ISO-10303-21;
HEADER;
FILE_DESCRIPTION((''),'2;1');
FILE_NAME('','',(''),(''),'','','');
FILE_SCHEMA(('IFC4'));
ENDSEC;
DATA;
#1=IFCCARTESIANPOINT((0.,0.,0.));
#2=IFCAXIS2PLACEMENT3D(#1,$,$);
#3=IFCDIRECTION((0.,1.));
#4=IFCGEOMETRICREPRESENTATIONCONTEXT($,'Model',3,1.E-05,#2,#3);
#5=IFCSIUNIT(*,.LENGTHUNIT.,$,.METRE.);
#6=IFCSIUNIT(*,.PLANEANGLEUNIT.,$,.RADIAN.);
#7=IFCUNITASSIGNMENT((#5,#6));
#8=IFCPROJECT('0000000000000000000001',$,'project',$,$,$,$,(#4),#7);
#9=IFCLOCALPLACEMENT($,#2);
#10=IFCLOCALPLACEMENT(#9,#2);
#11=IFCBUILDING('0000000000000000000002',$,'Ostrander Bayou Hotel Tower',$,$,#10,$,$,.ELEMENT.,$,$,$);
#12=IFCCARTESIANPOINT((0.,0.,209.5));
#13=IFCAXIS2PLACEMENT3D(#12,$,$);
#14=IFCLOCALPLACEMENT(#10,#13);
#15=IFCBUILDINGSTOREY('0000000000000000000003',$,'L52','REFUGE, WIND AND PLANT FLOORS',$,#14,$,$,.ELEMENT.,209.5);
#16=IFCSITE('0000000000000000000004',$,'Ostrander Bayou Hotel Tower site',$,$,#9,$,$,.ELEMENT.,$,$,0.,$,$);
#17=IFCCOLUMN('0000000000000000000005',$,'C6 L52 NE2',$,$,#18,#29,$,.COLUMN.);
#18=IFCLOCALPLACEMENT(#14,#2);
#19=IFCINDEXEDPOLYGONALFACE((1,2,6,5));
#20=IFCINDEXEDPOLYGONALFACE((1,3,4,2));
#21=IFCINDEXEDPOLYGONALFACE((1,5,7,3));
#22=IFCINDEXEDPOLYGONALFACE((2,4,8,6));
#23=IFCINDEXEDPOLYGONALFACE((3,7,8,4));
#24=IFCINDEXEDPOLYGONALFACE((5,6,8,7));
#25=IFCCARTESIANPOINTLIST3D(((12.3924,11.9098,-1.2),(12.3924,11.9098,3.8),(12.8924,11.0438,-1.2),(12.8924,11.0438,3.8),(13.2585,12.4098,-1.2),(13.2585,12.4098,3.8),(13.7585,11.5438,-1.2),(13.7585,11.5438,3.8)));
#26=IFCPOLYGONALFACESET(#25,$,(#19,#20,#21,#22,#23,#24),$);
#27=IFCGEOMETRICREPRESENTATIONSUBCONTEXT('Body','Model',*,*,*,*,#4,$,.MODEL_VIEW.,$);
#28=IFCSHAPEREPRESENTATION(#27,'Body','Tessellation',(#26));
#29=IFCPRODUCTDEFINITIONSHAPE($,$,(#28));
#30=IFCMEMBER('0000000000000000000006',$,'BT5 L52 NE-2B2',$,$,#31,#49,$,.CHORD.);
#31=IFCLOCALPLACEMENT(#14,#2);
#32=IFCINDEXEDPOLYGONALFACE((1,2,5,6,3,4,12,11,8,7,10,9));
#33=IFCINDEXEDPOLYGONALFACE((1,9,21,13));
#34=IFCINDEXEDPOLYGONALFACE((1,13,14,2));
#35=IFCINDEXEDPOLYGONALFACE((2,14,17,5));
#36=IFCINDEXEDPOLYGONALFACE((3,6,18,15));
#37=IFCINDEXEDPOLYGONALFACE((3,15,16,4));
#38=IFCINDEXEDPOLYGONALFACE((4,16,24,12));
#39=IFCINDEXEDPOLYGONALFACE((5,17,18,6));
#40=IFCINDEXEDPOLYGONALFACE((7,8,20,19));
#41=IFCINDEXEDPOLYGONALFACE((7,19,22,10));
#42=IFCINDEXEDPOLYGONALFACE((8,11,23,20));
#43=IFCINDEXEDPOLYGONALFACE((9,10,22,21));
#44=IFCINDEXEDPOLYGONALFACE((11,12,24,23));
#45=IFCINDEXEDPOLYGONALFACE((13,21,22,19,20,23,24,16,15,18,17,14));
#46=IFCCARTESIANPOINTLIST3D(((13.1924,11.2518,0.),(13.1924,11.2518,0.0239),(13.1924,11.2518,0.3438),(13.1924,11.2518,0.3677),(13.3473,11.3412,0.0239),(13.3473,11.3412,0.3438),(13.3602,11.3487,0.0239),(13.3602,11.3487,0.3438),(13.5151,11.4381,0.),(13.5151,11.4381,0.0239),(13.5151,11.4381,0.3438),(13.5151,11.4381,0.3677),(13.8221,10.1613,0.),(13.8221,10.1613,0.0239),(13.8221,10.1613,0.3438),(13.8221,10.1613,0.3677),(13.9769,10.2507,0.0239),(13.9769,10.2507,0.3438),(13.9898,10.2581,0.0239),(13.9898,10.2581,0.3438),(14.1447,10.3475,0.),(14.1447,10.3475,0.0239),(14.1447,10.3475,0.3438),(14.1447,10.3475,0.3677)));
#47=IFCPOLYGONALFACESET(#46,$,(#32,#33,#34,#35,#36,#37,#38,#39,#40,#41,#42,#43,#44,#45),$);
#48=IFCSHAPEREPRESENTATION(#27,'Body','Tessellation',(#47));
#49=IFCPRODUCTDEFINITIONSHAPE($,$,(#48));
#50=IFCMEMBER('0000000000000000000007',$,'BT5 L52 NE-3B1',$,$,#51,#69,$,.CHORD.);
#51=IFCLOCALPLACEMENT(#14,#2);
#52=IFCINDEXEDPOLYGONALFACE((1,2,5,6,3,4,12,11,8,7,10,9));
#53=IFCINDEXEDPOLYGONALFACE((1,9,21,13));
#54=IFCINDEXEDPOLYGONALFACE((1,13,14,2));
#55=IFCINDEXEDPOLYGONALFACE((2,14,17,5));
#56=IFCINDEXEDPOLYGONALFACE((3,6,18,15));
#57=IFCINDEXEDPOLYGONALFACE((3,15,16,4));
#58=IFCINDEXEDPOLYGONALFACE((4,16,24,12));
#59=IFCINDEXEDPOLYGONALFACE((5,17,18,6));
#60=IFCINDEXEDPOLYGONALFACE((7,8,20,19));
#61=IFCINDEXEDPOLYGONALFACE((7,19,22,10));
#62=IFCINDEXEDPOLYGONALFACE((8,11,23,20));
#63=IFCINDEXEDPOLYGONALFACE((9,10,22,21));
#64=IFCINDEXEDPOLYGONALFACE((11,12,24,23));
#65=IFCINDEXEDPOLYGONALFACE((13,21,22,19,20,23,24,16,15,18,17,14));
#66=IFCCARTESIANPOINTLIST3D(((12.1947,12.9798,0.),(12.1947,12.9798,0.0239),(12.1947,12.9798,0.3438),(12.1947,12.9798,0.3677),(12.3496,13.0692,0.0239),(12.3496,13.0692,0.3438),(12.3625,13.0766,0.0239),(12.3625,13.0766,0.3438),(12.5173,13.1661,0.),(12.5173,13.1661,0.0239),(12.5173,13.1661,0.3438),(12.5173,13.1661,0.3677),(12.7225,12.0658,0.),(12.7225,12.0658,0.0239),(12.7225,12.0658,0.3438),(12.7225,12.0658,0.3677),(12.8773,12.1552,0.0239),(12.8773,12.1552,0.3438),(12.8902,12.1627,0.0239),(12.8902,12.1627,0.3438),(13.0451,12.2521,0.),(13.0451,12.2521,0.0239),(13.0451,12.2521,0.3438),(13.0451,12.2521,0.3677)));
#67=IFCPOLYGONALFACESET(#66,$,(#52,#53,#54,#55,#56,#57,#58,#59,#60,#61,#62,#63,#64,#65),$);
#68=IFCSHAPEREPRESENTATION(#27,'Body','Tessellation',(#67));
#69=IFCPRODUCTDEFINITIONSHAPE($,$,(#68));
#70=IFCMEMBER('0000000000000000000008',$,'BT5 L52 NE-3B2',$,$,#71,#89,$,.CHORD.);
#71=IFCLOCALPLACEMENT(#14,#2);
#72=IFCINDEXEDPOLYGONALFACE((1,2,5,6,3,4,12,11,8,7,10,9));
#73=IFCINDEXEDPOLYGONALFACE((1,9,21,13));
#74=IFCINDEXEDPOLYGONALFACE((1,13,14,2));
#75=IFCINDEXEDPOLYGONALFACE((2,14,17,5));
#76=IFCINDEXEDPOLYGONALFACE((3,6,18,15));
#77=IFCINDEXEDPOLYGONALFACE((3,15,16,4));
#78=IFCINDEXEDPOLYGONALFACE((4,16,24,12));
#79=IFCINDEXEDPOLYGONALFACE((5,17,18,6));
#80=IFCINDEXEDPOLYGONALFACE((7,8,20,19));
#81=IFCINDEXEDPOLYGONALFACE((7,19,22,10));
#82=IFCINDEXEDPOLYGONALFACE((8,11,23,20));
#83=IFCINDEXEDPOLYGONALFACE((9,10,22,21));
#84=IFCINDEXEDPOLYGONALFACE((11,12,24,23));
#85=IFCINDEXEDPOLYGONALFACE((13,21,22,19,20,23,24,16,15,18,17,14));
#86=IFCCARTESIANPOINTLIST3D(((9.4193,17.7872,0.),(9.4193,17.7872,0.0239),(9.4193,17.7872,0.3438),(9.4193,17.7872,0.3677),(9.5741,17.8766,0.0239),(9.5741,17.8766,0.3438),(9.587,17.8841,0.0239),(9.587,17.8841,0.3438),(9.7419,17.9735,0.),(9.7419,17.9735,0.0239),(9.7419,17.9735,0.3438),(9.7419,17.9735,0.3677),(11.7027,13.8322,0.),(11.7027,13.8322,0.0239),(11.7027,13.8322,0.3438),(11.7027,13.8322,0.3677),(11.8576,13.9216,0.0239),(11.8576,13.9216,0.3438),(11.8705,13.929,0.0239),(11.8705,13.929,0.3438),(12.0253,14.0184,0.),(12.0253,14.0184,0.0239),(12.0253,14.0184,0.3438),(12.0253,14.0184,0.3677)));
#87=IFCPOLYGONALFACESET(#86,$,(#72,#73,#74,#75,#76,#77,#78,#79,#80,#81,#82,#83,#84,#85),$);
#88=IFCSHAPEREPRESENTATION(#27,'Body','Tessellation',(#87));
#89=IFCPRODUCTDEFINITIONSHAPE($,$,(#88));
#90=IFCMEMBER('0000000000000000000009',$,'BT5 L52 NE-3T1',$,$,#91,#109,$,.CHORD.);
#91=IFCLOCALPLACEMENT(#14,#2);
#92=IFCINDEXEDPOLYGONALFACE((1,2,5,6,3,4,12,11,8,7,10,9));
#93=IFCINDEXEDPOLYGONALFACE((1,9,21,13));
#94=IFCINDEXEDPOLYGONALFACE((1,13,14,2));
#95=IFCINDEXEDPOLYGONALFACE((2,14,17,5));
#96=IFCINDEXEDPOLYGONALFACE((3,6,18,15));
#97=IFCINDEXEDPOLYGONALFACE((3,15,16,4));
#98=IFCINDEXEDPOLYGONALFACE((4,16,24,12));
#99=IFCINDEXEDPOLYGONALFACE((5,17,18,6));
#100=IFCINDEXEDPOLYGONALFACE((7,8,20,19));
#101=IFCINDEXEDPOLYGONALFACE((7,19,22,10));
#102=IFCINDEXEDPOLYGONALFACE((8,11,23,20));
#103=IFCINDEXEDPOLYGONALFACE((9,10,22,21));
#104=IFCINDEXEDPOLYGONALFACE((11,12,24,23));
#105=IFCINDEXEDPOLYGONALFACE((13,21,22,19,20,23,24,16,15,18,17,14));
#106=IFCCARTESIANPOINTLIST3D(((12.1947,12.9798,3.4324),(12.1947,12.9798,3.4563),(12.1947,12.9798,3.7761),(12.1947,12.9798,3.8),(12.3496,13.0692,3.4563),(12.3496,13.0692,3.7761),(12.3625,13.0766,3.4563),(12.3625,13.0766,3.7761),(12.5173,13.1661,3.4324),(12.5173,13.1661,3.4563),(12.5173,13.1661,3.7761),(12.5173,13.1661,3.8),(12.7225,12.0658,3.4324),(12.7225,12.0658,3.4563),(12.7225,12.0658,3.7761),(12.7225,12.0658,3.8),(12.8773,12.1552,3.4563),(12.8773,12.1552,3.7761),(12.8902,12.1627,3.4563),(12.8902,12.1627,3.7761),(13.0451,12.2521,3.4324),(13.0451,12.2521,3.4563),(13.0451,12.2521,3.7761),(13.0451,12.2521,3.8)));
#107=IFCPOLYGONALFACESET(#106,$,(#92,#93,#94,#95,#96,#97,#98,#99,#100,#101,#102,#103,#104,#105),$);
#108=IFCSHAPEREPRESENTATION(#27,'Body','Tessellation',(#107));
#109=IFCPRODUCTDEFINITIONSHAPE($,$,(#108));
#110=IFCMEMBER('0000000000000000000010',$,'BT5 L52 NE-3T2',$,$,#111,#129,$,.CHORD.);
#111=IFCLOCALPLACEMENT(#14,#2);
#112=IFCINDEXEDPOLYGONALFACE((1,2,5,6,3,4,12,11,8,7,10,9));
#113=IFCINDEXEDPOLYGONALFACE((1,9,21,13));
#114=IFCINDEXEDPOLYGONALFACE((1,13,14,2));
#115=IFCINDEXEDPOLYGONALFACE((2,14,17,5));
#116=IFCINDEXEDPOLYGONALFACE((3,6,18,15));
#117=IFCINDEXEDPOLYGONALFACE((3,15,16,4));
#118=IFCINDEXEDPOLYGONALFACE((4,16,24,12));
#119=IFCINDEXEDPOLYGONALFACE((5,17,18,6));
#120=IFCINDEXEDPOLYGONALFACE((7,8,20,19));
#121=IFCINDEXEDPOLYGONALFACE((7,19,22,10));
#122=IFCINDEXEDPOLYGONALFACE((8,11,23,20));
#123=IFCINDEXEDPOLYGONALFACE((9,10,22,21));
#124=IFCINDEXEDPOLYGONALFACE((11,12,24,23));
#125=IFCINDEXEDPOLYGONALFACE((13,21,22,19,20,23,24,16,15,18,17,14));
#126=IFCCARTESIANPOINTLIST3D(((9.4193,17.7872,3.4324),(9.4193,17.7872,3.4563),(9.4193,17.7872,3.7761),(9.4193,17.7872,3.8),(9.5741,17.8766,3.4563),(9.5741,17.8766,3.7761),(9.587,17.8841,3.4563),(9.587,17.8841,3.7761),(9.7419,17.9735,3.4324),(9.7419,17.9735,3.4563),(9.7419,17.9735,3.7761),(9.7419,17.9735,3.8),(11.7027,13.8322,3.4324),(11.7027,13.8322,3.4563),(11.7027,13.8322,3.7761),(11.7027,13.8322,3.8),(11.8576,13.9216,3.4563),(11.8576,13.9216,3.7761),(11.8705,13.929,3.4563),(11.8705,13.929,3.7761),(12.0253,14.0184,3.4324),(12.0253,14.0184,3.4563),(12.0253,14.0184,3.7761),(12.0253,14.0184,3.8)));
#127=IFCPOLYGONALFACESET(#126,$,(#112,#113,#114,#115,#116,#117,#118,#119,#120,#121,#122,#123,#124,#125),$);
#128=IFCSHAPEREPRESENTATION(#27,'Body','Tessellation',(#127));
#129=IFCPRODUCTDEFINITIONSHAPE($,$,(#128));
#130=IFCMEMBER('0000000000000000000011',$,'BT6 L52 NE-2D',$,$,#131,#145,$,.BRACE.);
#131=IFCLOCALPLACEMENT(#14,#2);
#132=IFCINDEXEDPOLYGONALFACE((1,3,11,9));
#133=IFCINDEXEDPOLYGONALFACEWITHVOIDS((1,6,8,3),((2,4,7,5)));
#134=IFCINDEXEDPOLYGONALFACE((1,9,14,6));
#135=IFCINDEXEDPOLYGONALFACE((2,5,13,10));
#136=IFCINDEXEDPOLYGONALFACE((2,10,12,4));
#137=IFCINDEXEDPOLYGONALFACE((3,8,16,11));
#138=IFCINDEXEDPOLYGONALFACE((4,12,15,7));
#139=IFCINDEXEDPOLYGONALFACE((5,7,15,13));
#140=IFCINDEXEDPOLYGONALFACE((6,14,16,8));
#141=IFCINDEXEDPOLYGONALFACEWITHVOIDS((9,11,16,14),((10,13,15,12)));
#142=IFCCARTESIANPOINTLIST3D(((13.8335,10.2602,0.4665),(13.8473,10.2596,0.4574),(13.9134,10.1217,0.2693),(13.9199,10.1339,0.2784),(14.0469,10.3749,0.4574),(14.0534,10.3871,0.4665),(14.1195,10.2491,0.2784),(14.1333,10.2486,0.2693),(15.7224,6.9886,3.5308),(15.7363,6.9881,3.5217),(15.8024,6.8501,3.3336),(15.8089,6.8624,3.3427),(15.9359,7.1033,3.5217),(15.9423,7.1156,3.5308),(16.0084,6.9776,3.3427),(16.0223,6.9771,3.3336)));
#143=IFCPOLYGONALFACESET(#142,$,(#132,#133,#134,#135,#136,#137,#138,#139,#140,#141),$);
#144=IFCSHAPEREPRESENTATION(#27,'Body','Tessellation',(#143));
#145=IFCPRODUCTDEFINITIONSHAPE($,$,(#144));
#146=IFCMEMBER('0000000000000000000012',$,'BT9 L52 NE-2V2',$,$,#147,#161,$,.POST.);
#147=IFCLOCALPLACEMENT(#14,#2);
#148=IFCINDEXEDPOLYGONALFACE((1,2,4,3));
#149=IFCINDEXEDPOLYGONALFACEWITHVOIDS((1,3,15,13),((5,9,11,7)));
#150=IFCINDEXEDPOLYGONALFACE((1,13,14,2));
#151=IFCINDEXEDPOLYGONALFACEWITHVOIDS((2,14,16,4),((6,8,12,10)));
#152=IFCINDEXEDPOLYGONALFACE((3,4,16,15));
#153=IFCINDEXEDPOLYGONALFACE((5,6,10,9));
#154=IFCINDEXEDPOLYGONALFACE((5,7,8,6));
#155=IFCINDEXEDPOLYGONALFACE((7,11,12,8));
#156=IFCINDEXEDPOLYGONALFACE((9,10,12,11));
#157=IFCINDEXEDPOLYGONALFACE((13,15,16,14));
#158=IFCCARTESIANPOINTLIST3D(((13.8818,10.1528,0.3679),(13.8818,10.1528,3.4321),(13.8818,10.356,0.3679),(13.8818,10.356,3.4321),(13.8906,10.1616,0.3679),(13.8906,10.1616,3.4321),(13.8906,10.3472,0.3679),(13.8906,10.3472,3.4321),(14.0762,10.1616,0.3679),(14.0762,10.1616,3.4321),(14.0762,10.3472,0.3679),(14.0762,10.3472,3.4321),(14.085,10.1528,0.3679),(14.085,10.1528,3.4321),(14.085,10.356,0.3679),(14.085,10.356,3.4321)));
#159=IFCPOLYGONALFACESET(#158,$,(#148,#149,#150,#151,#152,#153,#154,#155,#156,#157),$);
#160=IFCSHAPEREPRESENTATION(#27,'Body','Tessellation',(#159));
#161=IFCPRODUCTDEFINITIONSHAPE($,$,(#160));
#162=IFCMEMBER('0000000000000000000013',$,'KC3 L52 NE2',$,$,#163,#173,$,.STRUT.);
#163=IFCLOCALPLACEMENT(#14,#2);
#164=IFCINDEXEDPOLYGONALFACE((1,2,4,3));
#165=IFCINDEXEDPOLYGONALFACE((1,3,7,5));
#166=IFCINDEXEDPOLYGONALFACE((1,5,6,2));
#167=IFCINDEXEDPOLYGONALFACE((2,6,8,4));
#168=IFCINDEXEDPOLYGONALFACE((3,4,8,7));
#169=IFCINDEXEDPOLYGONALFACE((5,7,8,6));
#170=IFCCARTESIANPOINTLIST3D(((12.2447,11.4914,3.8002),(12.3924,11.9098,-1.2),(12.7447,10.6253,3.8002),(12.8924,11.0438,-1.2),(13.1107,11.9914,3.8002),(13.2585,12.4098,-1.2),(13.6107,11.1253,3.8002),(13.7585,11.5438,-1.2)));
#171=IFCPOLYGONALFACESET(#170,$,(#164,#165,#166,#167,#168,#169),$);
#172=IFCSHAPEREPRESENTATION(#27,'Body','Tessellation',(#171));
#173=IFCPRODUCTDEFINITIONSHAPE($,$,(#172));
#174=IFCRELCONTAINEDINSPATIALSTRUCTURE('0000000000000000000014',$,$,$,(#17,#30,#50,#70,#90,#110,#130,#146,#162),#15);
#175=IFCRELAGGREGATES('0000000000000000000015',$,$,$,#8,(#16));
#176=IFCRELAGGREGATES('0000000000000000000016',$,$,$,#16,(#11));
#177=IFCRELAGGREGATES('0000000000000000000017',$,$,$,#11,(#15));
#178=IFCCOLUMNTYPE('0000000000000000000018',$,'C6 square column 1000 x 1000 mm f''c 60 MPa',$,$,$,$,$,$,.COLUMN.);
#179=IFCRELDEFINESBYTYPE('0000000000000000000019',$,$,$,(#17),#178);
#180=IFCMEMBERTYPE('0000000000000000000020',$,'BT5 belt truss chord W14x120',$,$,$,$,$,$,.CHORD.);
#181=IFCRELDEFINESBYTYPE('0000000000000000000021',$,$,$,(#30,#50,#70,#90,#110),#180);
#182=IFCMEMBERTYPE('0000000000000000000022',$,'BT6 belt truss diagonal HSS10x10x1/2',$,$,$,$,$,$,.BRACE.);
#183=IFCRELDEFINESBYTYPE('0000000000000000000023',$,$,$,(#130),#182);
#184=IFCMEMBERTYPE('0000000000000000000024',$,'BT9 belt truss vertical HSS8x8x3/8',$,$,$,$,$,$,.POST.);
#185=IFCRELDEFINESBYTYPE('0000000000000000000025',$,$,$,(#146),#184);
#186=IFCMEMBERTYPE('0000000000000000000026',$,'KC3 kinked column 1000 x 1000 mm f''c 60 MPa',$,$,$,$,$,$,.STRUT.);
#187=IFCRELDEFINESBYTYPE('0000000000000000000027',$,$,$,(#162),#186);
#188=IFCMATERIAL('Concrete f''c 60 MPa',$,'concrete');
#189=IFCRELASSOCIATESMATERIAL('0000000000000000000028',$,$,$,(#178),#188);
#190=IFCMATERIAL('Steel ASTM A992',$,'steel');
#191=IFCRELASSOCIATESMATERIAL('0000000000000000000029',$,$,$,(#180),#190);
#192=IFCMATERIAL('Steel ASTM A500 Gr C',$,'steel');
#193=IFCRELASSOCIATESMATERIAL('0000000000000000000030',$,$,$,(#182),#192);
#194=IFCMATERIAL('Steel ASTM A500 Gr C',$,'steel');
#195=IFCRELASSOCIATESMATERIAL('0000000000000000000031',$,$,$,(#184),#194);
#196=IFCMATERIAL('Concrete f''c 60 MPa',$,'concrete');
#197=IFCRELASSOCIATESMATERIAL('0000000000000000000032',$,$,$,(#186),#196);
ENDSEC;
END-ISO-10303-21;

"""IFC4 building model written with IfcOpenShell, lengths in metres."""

from ifc_helpers import new_model, si_unit, direction, frame, origin, origin_2d, place, context, subcontext, project, spatial, rectangle, hollow_rectangle, i_section, extrude, material, material_profile, profile_set, type_object, element, save


model = new_model("IFC4")

# Units and contexts
model_context = context("Model", 3, precision=1e-05, world=origin(), true_north=direction((0.0, 1.0)))
body_context = subcontext(model_context, "Body", "Model", "MODEL_VIEW")
ifc_project = project(units=[si_unit("LENGTHUNIT", "METRE"), si_unit("PLANEANGLEUNIT", "RADIAN")], contexts=[model_context])

# Site, building, storey
site_placement = place(None, origin())
site = spatial("IfcSite", under=ifc_project, at=site_placement, Name="Ostrander Bayou Hotel Tower site", CompositionType="ELEMENT", RefElevation=0.0)
building_placement = place(site_placement, origin())
building = spatial("IfcBuilding", under=site, at=building_placement, Name="Ostrander Bayou Hotel Tower", CompositionType="ELEMENT")
storey_placement = place(building_placement, frame((0.0, 0.0, 209.5)))
storey = spatial("IfcBuildingStorey", under=building, at=storey_placement, Name="L52", Description="REFUGE, WIND AND PLANT FLOORS", CompositionType="ELEMENT", Elevation=209.5)

# Column
ifc_material_1 = material(Name="Concrete f'c 60 MPa", Category="concrete")
ifc_material_profile_1 = material_profile(ifc_material_1, rectangle(XDim=1.0, YDim=1.0, at=origin_2d()))
ifc_profile_set_1 = profile_set([ifc_material_profile_1], Name="Concrete f'c 60 MPa")
column_type = type_object("IfcColumnType", Name="C6 square column 1000 x 1000 mm f'c 60 MPa", PredefinedType="COLUMN", material=ifc_profile_set_1)
column_placement = place(storey_placement, frame((13.0754, 11.7268, -1.2), z_axis=(0.0, 0.0, 1.0), x_axis=(0.5, -0.866025, 0.0)))
element("IfcColumn", 1, at=column_placement, inside=storey, type_object=column_type, Name="C6 L52 NE2", PredefinedType="COLUMN", context=body_context, shape_type="SweptSolid", body=[
    extrude(rectangle(XDim=1.0, YDim=1.0, at=origin_2d()), origin(), (0.0, 0.0, 1.0), 5.0),
])

# Members
ifc_material_2 = material(Name="Steel ASTM A992", Category="steel")
ifc_material_profile_2 = material_profile(ifc_material_2, i_section(OverallWidth=0.3726, OverallDepth=0.3677, WebThickness=0.0149, FlangeThickness=0.0239, at=origin_2d()))
ifc_profile_set_2 = profile_set([ifc_material_profile_2], Name="Steel ASTM A992")
member_type_1 = type_object("IfcMemberType", Name="BT5 belt truss chord W14x120", PredefinedType="CHORD", material=ifc_profile_set_2)
member_1_placement = place(storey_placement, frame((13.9834, 10.2544, 0.1838), z_axis=(-0.499997, 0.866027, 0.0), x_axis=(-0.866027, -0.499997, 0.0)))
element("IfcMember", 2, at=member_1_placement, inside=storey, type_object=member_type_1, Name="BT5 L52 NE-2B2", PredefinedType="CHORD", context=body_context, shape_type="SweptSolid", body=[
    extrude(i_section(OverallWidth=0.3726, OverallDepth=0.3677, WebThickness=0.0149, FlangeThickness=0.0239, at=origin_2d()), origin(), (0.0, 0.0, 1.0), 1.2593),
])
member_2_placement = place(storey_placement, frame((12.8838, 12.1589, 0.1838), z_axis=(-0.500069, 0.865985, 0.0), x_axis=(-0.865985, -0.500069, 0.0)))
element("IfcMember", 3, at=member_2_placement, inside=storey, type_object=member_type_1, Name="BT5 L52 NE-3B1", PredefinedType="CHORD", context=body_context, shape_type="SweptSolid", body=[
    extrude(i_section(OverallWidth=0.3726, OverallDepth=0.3677, WebThickness=0.0149, FlangeThickness=0.0239, at=origin_2d()), origin(), (0.0, 0.0, 1.0), 1.0554),
])
member_3_placement = place(storey_placement, frame((11.864, 13.9253, 0.1838), z_axis=(-0.499997, 0.866027, 0.0), x_axis=(-0.866027, -0.499997, 0.0)))
element("IfcMember", 4, at=member_3_placement, inside=storey, type_object=member_type_1, Name="BT5 L52 NE-3B2", PredefinedType="CHORD", context=body_context, shape_type="SweptSolid", body=[
    extrude(i_section(OverallWidth=0.3726, OverallDepth=0.3677, WebThickness=0.0149, FlangeThickness=0.0239, at=origin_2d()), origin(), (0.0, 0.0, 1.0), 4.5669),
])
member_4_placement = place(storey_placement, frame((12.8838, 12.1589, 3.6162), z_axis=(-0.500069, 0.865985, 0.0), x_axis=(-0.865985, -0.500069, 0.0)))
element("IfcMember", 5, at=member_4_placement, inside=storey, type_object=member_type_1, Name="BT5 L52 NE-3T1", PredefinedType="CHORD", context=body_context, shape_type="SweptSolid", body=[
    extrude(i_section(OverallWidth=0.3726, OverallDepth=0.3677, WebThickness=0.0149, FlangeThickness=0.0239, at=origin_2d()), origin(), (0.0, 0.0, 1.0), 1.0554),
])
member_5_placement = place(storey_placement, frame((11.864, 13.9253, 3.6162), z_axis=(-0.499997, 0.866027, 0.0), x_axis=(-0.866027, -0.499997, 0.0)))
element("IfcMember", 6, at=member_5_placement, inside=storey, type_object=member_type_1, Name="BT5 L52 NE-3T2", PredefinedType="CHORD", context=body_context, shape_type="SweptSolid", body=[
    extrude(i_section(OverallWidth=0.3726, OverallDepth=0.3677, WebThickness=0.0149, FlangeThickness=0.0239, at=origin_2d()), origin(), (0.0, 0.0, 1.0), 4.5669),
])
ifc_material_3 = material(Name="Steel ASTM A500 Gr C", Category="steel")
ifc_material_profile_3 = material_profile(ifc_material_3, hollow_rectangle(XDim=0.2539, YDim=0.2539, WallThickness=0.0117, at=origin_2d()))
ifc_profile_set_3 = profile_set([ifc_material_profile_3], Name="Steel ASTM A500 Gr C")
member_type_2 = type_object("IfcMemberType", Name="BT6 belt truss diagonal HSS10x10x1/2", PredefinedType="BRACE", material=ifc_profile_set_3)
member_6_placement = place(storey_placement, frame((13.9834, 10.2544, 0.3679), z_axis=(0.388334, -0.67257, 0.629957), x_axis=(0.866011, 0.500025, 0.0)))
element("IfcMember", 7, at=member_6_placement, inside=storey, type_object=member_type_2, Name="BT6 L52 NE-2D", PredefinedType="BRACE", context=body_context, shape_type="SweptSolid", body=[
    extrude(hollow_rectangle(XDim=0.2539, YDim=0.2539, WallThickness=0.0117, at=origin_2d()), origin(), (0.0, 0.0, 1.0), 4.8643),
])
ifc_material_4 = material(Name="Steel ASTM A500 Gr C", Category="steel")
ifc_material_profile_4 = material_profile(ifc_material_4, hollow_rectangle(XDim=0.2031, YDim=0.2031, WallThickness=0.0088, at=origin_2d()))
ifc_profile_set_4 = profile_set([ifc_material_profile_4], Name="Steel ASTM A500 Gr C")
member_type_3 = type_object("IfcMemberType", Name="BT9 belt truss vertical HSS8x8x3/8", PredefinedType="POST", material=ifc_profile_set_4)
member_7_placement = place(storey_placement, frame((13.9834, 10.2544, 0.3679), z_axis=(0.0, 0.0, 1.0), x_axis=(1.0, 0.0, 0.0)))
element("IfcMember", 8, at=member_7_placement, inside=storey, type_object=member_type_3, Name="BT9 L52 NE-2V2", PredefinedType="POST", context=body_context, shape_type="SweptSolid", body=[
    extrude(hollow_rectangle(XDim=0.2031, YDim=0.2031, WallThickness=0.0088, at=origin_2d()), origin(), (0.0, 0.0, 1.0), 3.0642),
])
ifc_material_5 = material(Name="Concrete f'c 60 MPa", Category="concrete")
ifc_material_profile_5 = material_profile(ifc_material_5, rectangle(XDim=1.0, YDim=1.0, at=origin_2d()))
ifc_profile_set_5 = profile_set([ifc_material_profile_5], Name="Concrete f'c 60 MPa")
member_type_4 = type_object("IfcMemberType", Name="KC3 kinked column 1000 x 1000 mm f'c 60 MPa", PredefinedType="STRUT", material=ifc_profile_set_5)
member_8_placement = place(storey_placement, frame((13.0754, 11.7268, -1.2), z_axis=(0.0, 0.0, 1.0), x_axis=(0.5, -0.866025, 0.0)))
element("IfcMember", 9, at=member_8_placement, inside=storey, type_object=member_type_4, Name="KC3 L52 NE2", PredefinedType="STRUT", context=body_context, shape_type="SweptSolid", body=[
    extrude(rectangle(XDim=1.0, YDim=1.0, at=origin_2d()), origin(), (0.057482, -0.067165, 0.996085), 5.0198),
])

save(model, "model.ifc")
